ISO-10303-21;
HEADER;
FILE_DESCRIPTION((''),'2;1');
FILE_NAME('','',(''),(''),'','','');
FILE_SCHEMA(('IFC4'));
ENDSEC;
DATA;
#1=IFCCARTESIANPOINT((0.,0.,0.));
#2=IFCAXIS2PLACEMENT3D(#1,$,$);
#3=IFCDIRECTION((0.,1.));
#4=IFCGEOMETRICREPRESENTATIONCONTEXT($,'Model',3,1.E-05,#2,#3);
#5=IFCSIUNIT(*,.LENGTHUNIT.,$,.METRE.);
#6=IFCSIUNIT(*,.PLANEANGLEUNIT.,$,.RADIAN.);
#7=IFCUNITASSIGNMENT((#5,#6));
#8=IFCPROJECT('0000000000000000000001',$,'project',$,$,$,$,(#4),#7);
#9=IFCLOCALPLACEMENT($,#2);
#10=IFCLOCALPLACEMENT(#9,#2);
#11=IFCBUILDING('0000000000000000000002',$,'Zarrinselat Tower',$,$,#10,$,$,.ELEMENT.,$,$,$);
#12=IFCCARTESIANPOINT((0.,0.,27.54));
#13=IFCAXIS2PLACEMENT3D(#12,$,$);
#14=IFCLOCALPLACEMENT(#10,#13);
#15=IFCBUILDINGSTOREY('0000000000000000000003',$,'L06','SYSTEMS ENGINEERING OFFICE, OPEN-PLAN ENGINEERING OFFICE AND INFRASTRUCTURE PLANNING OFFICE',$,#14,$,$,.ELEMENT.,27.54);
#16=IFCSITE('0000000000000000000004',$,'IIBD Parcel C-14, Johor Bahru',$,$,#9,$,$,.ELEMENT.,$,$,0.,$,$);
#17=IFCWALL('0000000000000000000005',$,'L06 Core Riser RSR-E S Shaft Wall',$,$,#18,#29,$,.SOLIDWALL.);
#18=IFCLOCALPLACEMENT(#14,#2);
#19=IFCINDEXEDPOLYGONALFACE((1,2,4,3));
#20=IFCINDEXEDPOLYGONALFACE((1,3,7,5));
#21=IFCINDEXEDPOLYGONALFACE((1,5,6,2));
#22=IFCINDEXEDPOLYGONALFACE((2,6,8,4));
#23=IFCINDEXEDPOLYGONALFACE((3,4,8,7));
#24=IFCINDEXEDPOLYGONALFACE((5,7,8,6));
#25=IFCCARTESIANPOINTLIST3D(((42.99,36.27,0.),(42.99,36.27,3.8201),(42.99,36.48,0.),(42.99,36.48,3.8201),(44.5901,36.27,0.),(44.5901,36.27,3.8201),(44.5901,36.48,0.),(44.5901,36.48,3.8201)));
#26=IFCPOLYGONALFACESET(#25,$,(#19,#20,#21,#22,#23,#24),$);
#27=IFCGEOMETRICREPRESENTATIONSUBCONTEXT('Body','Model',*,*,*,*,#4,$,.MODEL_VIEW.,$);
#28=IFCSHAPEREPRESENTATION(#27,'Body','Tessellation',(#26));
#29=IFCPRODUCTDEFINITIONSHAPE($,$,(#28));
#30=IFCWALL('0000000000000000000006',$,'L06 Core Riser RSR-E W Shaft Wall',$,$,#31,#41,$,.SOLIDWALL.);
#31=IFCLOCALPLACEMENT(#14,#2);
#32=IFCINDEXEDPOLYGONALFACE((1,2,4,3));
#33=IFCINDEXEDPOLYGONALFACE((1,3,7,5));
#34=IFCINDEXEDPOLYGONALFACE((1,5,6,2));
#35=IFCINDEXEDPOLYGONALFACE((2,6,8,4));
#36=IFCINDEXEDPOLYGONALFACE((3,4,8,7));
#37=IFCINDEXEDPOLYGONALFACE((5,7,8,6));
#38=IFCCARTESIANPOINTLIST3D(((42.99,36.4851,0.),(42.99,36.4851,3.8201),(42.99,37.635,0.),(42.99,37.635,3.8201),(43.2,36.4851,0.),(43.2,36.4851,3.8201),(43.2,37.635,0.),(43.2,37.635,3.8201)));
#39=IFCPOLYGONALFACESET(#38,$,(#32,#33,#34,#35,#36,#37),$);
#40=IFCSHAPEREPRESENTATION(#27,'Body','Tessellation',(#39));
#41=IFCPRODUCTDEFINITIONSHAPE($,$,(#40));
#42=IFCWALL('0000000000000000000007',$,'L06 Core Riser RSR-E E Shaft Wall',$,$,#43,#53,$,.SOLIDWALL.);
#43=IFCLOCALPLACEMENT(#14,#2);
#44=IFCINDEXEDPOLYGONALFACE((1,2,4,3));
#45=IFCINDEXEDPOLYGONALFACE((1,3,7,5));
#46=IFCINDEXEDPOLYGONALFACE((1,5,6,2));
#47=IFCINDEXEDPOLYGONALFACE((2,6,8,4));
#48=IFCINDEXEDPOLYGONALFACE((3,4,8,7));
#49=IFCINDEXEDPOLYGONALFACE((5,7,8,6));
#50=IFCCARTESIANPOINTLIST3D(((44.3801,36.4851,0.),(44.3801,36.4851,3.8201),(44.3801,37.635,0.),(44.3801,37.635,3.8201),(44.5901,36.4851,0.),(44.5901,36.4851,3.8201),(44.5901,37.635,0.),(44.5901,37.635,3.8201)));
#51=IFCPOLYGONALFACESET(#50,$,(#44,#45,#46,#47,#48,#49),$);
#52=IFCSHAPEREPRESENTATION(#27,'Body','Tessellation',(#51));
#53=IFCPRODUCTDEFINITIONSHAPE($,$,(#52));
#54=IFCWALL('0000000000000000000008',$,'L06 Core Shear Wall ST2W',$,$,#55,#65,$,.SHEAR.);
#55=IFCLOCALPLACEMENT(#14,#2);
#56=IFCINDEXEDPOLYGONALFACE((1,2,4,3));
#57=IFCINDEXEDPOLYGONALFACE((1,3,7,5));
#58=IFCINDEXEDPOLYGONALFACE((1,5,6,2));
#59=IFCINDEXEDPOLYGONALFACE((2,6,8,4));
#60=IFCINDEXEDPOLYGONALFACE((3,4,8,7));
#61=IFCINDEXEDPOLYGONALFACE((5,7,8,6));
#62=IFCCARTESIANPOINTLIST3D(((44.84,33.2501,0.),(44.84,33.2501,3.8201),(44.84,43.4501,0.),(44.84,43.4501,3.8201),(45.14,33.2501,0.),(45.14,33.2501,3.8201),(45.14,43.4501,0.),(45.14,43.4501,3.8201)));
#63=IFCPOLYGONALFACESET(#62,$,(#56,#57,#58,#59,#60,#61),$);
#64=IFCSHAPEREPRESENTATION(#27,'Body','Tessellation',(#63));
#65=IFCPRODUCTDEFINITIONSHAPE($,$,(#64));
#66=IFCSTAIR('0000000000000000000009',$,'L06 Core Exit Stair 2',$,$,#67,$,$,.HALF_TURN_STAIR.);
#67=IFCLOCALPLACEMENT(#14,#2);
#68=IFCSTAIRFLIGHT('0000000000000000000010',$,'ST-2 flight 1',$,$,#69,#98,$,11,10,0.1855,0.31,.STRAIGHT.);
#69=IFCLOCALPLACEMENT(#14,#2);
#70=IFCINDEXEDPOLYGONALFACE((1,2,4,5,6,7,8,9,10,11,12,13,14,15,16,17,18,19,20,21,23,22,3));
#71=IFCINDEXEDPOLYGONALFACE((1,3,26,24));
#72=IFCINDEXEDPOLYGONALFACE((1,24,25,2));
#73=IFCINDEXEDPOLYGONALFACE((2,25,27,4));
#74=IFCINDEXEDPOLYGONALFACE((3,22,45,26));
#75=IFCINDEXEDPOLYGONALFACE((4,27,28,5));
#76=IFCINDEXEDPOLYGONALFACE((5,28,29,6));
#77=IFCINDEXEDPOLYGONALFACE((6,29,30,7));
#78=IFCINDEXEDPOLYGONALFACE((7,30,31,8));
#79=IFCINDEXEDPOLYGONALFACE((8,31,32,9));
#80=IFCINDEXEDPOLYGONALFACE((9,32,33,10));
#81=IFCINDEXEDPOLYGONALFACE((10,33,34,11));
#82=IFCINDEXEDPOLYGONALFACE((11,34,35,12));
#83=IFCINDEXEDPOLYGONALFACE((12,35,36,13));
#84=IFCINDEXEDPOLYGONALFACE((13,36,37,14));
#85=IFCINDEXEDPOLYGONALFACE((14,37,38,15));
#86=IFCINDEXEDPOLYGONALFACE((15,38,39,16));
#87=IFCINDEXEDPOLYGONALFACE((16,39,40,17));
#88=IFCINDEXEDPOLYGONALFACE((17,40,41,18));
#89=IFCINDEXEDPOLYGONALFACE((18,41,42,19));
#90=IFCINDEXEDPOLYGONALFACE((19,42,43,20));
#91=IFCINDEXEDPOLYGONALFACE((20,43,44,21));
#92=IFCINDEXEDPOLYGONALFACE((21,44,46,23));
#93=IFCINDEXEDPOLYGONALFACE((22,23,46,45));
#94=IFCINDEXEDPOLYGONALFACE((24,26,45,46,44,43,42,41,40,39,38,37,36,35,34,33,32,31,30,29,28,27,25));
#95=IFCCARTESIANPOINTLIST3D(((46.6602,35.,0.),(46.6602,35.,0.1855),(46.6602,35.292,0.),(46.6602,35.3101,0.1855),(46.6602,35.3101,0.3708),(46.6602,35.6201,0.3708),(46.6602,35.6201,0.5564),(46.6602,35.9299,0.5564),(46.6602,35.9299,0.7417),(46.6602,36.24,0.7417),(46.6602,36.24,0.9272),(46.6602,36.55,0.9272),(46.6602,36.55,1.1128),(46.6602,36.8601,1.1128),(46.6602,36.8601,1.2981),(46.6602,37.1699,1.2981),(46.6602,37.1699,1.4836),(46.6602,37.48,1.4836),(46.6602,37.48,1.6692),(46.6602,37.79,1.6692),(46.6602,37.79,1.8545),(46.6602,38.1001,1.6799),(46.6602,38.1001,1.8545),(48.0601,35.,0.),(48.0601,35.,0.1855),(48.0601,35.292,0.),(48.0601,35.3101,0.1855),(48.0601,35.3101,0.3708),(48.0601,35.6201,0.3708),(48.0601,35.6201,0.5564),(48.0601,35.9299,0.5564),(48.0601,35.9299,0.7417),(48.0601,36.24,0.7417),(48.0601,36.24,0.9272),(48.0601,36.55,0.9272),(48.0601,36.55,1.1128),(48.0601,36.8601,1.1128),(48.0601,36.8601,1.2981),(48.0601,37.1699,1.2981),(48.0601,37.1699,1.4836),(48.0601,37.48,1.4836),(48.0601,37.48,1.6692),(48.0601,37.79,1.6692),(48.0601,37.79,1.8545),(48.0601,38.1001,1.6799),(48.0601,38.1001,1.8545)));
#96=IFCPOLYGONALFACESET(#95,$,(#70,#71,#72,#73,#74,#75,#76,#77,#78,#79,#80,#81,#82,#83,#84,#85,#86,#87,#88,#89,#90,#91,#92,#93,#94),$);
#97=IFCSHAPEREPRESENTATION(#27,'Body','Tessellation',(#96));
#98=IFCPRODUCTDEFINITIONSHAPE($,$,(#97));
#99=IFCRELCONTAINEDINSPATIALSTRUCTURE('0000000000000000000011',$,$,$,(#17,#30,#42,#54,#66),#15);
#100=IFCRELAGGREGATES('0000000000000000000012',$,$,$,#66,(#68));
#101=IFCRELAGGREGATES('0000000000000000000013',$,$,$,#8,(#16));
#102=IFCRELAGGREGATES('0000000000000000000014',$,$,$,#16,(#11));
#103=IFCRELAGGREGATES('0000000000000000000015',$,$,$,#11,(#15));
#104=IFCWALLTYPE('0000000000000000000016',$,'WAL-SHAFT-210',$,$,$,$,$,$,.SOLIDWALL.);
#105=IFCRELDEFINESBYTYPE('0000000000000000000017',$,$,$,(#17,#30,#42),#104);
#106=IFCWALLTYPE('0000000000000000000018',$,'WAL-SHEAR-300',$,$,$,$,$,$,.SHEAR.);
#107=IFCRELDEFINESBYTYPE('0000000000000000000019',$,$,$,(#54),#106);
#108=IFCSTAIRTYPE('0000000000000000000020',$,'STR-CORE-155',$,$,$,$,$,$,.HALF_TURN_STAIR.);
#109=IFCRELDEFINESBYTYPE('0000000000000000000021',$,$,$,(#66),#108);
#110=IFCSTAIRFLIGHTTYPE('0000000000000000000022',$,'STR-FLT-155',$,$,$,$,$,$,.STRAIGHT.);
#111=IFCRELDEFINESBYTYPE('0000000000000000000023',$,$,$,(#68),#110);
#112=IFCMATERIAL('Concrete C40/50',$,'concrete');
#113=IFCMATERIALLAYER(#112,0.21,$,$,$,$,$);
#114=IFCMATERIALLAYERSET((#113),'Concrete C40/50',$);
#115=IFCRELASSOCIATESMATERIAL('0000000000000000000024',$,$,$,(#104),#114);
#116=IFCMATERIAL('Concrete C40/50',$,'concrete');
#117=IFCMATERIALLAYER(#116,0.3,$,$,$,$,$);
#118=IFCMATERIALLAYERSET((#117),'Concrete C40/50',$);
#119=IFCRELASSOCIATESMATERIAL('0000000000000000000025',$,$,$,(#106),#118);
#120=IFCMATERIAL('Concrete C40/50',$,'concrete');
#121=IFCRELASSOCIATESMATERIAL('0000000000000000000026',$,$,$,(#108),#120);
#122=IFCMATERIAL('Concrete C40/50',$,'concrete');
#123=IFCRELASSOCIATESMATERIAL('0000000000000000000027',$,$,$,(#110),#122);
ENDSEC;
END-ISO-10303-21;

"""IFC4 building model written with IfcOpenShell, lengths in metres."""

from ifc_helpers import new_model, si_unit, direction, frame, frame_2d, origin, place, context, subcontext, project, spatial, polyline, rectangle, outline, extrude, material, layer, layer_set, type_object, element, aggregate, save


model = new_model("IFC4")

# Units and contexts
model_context = context("Model", 3, precision=1e-05, world=origin(), true_north=direction((0.0, 1.0)))
body_context = subcontext(model_context, "Body", "Model", "MODEL_VIEW")
ifc_project = project(units=[si_unit("LENGTHUNIT", "METRE"), si_unit("PLANEANGLEUNIT", "RADIAN")], contexts=[model_context])

# Site, building, storey
site_placement = place(None, origin())
site = spatial("IfcSite", under=ifc_project, at=site_placement, Name="IIBD Parcel C-14, Johor Bahru", CompositionType="ELEMENT", RefElevation=0.0)
building_placement = place(site_placement, origin())
building = spatial("IfcBuilding", under=site, at=building_placement, Name="Zarrinselat Tower", CompositionType="ELEMENT")
storey_placement = place(building_placement, frame((0.0, 0.0, 27.54)))
storey = spatial("IfcBuildingStorey", under=building, at=storey_placement, Name="L06", Description="SYSTEMS ENGINEERING OFFICE, OPEN-PLAN ENGINEERING OFFICE AND INFRASTRUCTURE PLANNING OFFICE", CompositionType="ELEMENT", Elevation=27.54)

# Walls
ifc_material_1 = material(Name="Concrete C40/50", Category="concrete")
ifc_layer_1 = layer(ifc_material_1, 0.21)
ifc_layer_set_1 = layer_set([ifc_layer_1], Name="Concrete C40/50")
wall_type_1 = type_object("IfcWallType", Name="WAL-SHAFT-210", PredefinedType="SOLIDWALL", material=ifc_layer_set_1)
wall_1_placement = place(storey_placement, frame((42.99, 36.375, 0.0), z_axis=(0.0, 0.0, 1.0), x_axis=(1.0, 0.0, 0.0)))
element("IfcWall", 1, at=wall_1_placement, inside=storey, type_object=wall_type_1, Name="L06 Core Riser RSR-E S Shaft Wall", PredefinedType="SOLIDWALL", context=body_context, shape_type="SweptSolid", body=[
    extrude(rectangle(XDim=1.6001, YDim=0.21, at=frame_2d((0.8, 0.0))), origin(), (0.0, 0.0, 1.0), 3.8201),
])
for number, where, z_axis, x_axis, name in (
    (2, (43.095, 36.4851, 0.0), (0.0, 0.0, 1.0), (0.0, 1.0, 0.0), "L06 Core Riser RSR-E W Shaft Wall"),
    (3, (44.4851, 36.4851, 0.0), (0.0, 0.0, 1.0), (0.0, 1.0, 0.0), "L06 Core Riser RSR-E E Shaft Wall"),
):
    element("IfcWall", number, at=place(storey_placement, frame(where, z_axis=z_axis, x_axis=x_axis)), inside=storey, type_object=wall_type_1, Name=name, PredefinedType="SOLIDWALL", context=body_context, shape_type="SweptSolid", body=[
        extrude(rectangle(XDim=1.1499, YDim=0.21, at=frame_2d((0.575, 0.0))), origin(), (0.0, 0.0, 1.0), 3.8201),
    ])
ifc_material_2 = material(Name="Concrete C40/50", Category="concrete")
ifc_layer_2 = layer(ifc_material_2, 0.3)
ifc_layer_set_2 = layer_set([ifc_layer_2], Name="Concrete C40/50")
wall_type_2 = type_object("IfcWallType", Name="WAL-SHEAR-300", PredefinedType="SHEAR", material=ifc_layer_set_2)
wall_2_placement = place(storey_placement, frame((44.99, 33.25, 0.0), z_axis=(0.0, 0.0, 1.0), x_axis=(0.0, 1.0, 0.0)))
element("IfcWall", 4, at=wall_2_placement, inside=storey, type_object=wall_type_2, Name="L06 Core Shear Wall ST2W", PredefinedType="SHEAR", context=body_context, shape_type="SweptSolid", body=[
    extrude(rectangle(XDim=10.2, YDim=0.3, at=frame_2d((5.1001, 0.0))), origin(), (0.0, 0.0, 1.0), 3.8201),
])

# Stair, stair flight
ifc_material_3 = material(Name="Concrete C40/50", Category="concrete")
stair_type = type_object("IfcStairType", Name="STR-CORE-155", PredefinedType="HALF_TURN_STAIR", material=ifc_material_3)
stair_placement = place(storey_placement, origin())
stair = element("IfcStair", 5, at=stair_placement, inside=storey, type_object=stair_type, Name="L06 Core Exit Stair 2", PredefinedType="HALF_TURN_STAIR")
ifc_material_4 = material(Name="Concrete C40/50", Category="concrete")
stair_flight_type = type_object("IfcStairFlightType", Name="STR-FLT-155", PredefinedType="STRAIGHT", material=ifc_material_4)
stair_flight_placement = place(storey_placement, frame((47.3601, 35.0, 0.0), z_axis=(0.0, 0.0, 1.0), x_axis=(0.0, 1.0, 0.0)))
stair_flight = element("IfcStairFlight", 6, at=stair_flight_placement, type_object=stair_flight_type, Name="ST-2 flight 1", NumberOfRisers=11, NumberOfTreads=10, PredefinedType="STRAIGHT", RiserHeight=0.1855, TreadLength=0.31, context=body_context, shape_type="SweptSolid", body=[
    extrude(outline(polyline([(0.0, 0.0), (0.0, 0.1855), (0.3101, 0.1855), (0.3101, 0.3708), (0.6201, 0.3708), (0.6201, 0.5564), (0.9299, 0.5564), (0.9299, 0.7417), (1.24, 0.7417), (1.24, 0.9272), (1.55, 0.9272), (1.55, 1.1128), (1.8601, 1.1128), (1.8601, 1.2981), (2.1699, 1.2981), (2.1699, 1.4836), (2.48, 1.4836), (2.48, 1.6692), (2.79, 1.6692), (2.79, 1.8545), (3.1001, 1.8545), (3.1001, 2.04), (3.1001, 1.6799), (0.292, 0.0), (0.0, 0.0)])), frame((0.0, 0.7, 0.0), z_axis=(0.0, -1.0, 0.0), x_axis=(1.0, 0.0, 0.0)), (0.0, 0.0, 1.0), 1.3999),
])
aggregate(stair, [stair_flight])

save(model, "model.ifc")
